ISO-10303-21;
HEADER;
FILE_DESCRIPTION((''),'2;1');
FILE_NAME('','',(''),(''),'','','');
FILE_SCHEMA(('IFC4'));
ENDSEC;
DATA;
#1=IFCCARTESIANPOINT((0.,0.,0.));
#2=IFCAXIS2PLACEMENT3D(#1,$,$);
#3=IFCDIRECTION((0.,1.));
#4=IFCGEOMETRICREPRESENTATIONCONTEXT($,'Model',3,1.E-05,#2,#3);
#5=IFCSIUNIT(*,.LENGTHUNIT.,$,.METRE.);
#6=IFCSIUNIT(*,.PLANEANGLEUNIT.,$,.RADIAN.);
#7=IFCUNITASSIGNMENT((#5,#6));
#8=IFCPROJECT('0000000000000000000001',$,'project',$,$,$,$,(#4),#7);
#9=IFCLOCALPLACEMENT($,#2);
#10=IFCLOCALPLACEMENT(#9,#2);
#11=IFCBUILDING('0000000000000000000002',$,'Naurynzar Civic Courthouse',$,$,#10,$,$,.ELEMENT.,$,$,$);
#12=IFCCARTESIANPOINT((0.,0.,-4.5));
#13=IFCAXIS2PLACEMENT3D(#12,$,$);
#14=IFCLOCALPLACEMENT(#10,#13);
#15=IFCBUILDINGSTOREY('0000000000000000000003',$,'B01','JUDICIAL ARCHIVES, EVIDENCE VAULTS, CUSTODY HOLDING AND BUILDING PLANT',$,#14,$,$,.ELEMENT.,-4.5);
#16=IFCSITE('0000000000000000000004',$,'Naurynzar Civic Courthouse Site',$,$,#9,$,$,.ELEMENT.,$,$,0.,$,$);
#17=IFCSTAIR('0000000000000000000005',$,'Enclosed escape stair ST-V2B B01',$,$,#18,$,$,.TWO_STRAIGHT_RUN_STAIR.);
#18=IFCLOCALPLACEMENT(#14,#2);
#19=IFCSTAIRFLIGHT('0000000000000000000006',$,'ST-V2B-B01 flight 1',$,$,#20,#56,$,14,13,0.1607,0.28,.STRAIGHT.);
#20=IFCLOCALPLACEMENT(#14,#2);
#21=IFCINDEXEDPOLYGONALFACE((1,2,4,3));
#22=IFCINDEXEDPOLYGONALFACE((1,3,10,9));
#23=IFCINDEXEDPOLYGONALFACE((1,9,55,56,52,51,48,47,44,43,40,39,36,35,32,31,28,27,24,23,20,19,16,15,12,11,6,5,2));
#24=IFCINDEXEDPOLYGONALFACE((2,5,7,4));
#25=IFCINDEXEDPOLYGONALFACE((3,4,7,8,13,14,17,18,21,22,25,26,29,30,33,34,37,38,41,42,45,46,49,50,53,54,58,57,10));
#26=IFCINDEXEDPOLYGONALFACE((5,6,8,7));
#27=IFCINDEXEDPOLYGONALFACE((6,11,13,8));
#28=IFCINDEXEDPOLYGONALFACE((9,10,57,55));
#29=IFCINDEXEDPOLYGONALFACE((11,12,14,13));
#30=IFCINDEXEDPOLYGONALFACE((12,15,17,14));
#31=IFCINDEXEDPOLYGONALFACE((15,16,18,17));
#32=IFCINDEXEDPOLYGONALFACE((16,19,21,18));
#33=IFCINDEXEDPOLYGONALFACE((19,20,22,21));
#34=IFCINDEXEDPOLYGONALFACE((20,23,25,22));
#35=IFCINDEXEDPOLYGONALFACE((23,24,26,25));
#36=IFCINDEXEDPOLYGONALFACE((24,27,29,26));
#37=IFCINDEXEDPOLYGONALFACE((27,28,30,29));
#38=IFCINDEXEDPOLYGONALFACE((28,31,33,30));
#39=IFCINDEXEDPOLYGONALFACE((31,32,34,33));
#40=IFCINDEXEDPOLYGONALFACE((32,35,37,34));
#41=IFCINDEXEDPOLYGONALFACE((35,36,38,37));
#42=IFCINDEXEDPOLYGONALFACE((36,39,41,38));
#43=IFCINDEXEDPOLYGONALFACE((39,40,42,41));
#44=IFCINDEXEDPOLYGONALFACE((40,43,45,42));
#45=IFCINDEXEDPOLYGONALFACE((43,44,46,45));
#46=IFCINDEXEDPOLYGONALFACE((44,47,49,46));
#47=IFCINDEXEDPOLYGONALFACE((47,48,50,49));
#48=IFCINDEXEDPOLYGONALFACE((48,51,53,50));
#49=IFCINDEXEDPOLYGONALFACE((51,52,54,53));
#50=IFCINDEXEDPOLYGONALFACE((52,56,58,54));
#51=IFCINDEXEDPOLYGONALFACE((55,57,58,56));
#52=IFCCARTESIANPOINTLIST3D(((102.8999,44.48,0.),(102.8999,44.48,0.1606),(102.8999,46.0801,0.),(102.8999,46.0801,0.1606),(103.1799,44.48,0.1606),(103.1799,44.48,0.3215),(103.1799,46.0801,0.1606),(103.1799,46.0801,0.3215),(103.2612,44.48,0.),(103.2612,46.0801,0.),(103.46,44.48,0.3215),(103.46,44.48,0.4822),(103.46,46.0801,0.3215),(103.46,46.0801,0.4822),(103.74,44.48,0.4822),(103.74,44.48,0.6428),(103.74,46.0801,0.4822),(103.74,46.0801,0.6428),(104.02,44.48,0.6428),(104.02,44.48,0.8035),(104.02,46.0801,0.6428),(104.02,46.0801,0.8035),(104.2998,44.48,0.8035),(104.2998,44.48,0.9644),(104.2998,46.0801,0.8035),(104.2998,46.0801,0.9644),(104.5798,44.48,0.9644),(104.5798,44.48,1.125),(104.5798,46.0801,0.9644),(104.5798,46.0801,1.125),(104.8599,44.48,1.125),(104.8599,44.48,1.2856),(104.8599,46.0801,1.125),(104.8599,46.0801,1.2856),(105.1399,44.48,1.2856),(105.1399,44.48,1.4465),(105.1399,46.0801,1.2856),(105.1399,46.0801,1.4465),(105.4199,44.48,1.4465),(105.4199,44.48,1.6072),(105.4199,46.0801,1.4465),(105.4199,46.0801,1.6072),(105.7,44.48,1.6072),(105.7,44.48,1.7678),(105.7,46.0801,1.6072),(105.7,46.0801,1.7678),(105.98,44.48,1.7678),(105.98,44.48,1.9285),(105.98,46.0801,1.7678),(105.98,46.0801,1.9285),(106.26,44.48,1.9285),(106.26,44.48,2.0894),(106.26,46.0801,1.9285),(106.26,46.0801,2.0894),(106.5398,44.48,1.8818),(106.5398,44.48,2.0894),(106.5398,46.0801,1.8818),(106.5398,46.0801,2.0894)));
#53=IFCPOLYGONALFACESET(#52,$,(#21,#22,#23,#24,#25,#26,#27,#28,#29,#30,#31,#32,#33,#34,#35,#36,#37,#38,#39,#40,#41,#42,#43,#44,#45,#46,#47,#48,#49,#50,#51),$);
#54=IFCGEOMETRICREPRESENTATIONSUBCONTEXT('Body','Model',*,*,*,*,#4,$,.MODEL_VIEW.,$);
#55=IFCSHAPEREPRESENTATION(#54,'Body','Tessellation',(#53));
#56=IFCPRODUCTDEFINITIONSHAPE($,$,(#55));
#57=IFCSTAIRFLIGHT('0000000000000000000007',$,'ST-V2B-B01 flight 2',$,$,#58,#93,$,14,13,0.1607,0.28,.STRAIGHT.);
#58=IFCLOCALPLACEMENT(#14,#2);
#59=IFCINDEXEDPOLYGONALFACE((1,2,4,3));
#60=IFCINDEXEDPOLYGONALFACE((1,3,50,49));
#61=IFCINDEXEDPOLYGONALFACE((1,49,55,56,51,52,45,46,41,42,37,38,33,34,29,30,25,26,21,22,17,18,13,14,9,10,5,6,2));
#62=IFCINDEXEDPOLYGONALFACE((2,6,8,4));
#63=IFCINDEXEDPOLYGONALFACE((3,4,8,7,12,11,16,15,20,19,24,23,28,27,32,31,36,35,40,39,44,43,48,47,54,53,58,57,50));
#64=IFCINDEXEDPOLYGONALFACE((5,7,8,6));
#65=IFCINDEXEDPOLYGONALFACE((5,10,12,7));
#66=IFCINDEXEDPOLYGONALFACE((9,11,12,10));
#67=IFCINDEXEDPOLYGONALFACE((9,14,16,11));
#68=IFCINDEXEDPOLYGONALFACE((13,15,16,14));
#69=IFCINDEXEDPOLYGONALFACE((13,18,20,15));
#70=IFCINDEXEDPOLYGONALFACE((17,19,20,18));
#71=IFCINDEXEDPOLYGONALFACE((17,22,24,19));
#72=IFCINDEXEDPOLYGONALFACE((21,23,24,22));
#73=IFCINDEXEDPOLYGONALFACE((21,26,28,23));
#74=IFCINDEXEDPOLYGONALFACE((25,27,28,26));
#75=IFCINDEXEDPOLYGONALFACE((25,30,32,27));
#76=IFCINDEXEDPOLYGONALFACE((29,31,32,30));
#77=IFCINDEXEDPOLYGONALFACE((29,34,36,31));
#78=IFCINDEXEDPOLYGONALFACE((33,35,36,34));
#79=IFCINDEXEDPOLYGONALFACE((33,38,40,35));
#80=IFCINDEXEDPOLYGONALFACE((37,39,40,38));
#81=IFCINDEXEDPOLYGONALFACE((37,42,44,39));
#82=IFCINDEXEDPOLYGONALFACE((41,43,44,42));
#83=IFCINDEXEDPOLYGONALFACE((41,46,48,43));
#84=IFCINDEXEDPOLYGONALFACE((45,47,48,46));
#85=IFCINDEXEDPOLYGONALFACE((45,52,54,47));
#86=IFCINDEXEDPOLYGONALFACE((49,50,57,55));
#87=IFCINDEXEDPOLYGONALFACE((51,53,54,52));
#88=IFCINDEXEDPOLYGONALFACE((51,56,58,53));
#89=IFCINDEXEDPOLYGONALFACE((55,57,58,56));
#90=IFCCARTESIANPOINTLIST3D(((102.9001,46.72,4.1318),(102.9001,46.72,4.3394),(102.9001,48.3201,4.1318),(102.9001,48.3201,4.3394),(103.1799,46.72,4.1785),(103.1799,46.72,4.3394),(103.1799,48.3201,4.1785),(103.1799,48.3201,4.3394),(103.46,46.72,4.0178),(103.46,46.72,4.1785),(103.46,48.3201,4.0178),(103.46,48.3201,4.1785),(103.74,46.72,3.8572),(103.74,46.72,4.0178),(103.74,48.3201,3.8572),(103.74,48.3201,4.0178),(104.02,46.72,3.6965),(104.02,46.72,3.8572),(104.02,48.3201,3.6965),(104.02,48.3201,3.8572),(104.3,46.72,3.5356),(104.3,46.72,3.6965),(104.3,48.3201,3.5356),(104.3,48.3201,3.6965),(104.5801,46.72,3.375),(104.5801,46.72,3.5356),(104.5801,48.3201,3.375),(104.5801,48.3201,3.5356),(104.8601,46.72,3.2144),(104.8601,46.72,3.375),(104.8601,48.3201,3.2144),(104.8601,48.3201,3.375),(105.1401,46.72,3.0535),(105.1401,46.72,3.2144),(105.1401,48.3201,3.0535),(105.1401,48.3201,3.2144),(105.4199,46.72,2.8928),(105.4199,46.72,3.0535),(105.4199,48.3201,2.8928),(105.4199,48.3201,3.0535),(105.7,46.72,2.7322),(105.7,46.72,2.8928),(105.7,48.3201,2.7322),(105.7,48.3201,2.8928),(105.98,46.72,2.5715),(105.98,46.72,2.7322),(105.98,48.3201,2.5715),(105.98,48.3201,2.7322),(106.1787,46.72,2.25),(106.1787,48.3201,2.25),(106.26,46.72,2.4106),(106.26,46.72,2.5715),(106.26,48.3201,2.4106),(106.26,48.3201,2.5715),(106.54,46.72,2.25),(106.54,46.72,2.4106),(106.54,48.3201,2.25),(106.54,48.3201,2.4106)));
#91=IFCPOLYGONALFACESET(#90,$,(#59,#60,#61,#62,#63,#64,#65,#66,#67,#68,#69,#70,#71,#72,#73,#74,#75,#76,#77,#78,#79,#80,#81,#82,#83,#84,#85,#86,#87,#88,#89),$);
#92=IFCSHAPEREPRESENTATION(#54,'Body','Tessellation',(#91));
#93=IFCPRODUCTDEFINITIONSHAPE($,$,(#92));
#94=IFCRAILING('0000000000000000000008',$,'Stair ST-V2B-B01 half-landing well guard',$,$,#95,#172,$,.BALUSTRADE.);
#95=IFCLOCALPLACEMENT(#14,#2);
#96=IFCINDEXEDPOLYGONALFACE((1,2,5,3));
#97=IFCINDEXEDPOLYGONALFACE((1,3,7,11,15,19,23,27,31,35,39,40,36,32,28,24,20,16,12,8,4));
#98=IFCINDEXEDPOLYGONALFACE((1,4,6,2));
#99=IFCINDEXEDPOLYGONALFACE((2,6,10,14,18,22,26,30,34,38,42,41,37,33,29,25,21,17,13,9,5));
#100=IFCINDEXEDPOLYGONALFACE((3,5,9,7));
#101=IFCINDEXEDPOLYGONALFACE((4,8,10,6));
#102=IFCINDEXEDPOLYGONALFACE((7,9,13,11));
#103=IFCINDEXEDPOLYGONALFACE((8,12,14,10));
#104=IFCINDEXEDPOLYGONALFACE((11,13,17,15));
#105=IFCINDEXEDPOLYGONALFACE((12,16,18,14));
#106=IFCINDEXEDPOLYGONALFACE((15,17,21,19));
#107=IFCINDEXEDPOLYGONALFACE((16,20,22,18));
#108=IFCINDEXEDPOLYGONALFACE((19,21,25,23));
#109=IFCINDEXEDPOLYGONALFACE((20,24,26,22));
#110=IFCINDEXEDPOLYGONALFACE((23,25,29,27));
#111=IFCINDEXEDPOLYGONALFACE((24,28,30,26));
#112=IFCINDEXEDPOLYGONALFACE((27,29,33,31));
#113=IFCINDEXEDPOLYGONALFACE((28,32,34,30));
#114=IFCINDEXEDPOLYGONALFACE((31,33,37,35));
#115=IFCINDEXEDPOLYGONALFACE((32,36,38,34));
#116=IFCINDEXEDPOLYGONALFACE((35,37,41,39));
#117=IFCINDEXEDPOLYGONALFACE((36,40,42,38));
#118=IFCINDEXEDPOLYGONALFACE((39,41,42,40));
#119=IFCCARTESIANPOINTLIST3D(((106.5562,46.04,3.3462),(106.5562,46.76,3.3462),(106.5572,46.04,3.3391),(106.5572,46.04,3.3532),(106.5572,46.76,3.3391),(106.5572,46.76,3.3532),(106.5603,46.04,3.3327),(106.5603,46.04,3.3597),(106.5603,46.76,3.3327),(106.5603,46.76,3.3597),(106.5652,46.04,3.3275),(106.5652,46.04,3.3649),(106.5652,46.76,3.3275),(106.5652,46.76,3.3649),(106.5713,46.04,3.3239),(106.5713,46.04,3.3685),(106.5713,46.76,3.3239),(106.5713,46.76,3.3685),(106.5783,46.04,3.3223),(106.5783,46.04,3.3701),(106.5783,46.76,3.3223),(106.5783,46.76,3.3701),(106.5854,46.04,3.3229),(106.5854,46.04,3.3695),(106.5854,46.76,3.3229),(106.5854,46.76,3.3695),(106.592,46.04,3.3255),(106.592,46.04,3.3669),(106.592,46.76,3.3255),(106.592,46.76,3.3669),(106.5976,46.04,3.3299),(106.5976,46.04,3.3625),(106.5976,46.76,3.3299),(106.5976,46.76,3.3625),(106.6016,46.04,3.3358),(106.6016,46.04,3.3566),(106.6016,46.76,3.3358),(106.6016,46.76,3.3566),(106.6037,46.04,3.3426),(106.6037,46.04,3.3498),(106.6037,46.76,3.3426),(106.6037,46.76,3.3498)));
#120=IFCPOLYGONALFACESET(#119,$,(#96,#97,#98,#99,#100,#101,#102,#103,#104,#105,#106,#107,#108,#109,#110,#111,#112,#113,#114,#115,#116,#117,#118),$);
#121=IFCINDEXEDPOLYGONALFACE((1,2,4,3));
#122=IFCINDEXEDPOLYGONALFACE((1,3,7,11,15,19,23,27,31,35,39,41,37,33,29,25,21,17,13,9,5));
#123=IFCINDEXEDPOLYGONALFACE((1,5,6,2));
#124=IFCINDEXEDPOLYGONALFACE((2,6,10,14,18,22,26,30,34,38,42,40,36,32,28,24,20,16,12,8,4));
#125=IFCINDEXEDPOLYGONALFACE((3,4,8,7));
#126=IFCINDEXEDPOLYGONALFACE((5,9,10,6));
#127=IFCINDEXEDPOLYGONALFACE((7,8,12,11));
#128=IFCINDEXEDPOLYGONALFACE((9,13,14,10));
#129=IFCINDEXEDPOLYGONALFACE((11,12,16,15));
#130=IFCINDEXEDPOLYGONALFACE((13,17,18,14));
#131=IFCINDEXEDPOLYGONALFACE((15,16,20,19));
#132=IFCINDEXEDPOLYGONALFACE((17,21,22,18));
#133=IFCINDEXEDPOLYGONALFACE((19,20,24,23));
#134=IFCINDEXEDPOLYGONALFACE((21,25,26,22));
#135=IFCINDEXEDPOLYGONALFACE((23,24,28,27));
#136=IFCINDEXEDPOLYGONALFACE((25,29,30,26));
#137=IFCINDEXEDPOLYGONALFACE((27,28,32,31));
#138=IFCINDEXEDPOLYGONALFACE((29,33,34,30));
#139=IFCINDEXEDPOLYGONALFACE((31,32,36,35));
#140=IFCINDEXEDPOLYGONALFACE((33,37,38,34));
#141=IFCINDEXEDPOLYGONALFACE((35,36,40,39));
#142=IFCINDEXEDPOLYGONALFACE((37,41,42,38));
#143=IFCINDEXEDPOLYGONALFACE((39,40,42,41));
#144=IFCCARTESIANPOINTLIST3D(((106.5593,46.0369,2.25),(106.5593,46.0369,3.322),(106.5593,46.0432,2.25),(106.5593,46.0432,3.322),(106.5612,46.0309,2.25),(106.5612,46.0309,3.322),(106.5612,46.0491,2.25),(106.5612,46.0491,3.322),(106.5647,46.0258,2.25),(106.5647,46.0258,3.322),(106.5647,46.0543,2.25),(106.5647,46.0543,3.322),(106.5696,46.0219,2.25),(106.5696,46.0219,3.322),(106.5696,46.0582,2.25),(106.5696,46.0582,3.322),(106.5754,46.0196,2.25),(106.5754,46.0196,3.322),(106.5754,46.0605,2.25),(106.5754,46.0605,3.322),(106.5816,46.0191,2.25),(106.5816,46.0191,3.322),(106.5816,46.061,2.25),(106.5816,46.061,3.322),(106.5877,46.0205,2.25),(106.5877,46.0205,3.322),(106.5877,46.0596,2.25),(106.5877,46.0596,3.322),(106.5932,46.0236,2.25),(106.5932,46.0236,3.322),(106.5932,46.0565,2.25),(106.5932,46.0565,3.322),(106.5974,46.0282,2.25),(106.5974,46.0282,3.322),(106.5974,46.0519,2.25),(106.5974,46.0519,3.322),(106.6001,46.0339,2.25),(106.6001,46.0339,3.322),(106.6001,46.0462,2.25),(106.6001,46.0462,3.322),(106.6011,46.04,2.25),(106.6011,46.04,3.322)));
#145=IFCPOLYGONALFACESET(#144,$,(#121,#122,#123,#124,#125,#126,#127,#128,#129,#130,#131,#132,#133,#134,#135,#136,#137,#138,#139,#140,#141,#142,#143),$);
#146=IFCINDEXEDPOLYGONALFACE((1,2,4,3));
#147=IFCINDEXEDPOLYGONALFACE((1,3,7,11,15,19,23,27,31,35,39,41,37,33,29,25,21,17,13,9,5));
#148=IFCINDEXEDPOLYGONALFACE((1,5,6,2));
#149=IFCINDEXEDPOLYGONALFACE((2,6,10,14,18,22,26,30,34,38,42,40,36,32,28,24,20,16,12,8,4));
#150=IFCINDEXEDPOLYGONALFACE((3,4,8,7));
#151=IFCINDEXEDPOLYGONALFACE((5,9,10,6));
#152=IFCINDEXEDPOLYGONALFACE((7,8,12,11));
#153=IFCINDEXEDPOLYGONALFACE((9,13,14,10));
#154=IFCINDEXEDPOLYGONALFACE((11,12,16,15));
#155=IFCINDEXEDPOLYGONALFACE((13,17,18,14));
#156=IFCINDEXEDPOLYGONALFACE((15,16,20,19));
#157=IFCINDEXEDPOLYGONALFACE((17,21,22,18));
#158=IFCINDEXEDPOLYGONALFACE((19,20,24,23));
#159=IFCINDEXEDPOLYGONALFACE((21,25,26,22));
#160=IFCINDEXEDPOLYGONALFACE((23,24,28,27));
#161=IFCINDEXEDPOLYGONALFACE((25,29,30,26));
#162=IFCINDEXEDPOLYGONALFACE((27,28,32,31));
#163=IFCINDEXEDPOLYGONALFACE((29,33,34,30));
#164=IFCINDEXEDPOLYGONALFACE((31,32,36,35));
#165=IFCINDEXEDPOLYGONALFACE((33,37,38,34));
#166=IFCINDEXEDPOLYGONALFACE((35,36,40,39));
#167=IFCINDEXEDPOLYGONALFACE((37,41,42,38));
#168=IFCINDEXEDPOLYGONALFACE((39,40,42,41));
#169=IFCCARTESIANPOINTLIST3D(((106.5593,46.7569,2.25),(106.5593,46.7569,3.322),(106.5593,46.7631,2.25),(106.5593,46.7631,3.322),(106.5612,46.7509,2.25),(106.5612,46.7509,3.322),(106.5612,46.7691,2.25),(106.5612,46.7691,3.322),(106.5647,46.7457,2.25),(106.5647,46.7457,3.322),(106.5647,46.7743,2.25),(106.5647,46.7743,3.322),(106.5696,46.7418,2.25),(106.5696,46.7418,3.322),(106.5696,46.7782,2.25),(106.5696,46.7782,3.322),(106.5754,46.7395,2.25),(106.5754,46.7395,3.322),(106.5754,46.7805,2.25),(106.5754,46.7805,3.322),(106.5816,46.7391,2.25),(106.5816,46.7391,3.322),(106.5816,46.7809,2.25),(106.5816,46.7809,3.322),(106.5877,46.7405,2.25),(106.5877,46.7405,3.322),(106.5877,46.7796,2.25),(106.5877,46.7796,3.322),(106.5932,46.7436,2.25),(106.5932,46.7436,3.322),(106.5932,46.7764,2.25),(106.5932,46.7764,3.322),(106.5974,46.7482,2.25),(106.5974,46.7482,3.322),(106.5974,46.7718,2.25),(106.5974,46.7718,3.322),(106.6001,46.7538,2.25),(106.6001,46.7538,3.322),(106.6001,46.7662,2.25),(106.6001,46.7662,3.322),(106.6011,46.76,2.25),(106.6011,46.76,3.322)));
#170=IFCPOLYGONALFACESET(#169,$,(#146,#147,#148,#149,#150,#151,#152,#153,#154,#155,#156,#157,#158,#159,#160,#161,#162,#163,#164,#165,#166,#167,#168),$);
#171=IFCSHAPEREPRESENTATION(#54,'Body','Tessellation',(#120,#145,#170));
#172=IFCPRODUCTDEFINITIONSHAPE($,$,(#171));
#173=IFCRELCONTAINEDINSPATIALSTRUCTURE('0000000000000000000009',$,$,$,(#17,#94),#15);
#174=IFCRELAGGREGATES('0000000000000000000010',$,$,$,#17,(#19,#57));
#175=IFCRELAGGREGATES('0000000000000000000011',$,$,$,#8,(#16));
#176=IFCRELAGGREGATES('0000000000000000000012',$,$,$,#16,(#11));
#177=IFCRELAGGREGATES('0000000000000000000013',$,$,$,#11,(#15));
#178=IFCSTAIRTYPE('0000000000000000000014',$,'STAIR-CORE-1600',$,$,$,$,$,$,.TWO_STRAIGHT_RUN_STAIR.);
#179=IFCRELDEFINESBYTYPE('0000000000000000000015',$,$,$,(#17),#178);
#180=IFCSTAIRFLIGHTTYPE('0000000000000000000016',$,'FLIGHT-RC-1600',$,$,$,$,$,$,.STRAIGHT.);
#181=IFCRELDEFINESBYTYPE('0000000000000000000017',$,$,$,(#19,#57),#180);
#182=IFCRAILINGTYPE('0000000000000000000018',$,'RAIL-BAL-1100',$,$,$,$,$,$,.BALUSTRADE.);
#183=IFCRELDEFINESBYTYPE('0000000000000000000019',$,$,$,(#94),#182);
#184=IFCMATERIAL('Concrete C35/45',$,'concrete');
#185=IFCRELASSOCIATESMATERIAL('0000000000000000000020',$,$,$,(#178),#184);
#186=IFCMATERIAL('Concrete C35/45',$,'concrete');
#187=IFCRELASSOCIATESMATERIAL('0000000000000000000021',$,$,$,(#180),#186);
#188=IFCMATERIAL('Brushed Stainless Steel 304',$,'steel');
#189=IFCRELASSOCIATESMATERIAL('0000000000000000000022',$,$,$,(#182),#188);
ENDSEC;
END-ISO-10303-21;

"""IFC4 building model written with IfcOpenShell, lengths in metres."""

from ifc_helpers import new_model, si_unit, direction, frame, origin, origin_2d, place, context, subcontext, project, spatial, polyline, circle, outline, extrude, material, type_object, element, aggregate, save


model = new_model("IFC4")

# Units and contexts
model_context = context("Model", 3, precision=1e-05, world=origin(), true_north=direction((0.0, 1.0)))
body_context = subcontext(model_context, "Body", "Model", "MODEL_VIEW")
ifc_project = project(units=[si_unit("LENGTHUNIT", "METRE"), si_unit("PLANEANGLEUNIT", "RADIAN")], contexts=[model_context])

# Site, building, storey
site_placement = place(None, origin())
site = spatial("IfcSite", under=ifc_project, at=site_placement, Name="Naurynzar Civic Courthouse Site", CompositionType="ELEMENT", RefElevation=0.0)
building_placement = place(site_placement, origin())
building = spatial("IfcBuilding", under=site, at=building_placement, Name="Naurynzar Civic Courthouse", CompositionType="ELEMENT")
storey_placement = place(building_placement, frame((0.0, 0.0, -4.5)))
storey = spatial("IfcBuildingStorey", under=building, at=storey_placement, Name="B01", Description="JUDICIAL ARCHIVES, EVIDENCE VAULTS, CUSTODY HOLDING AND BUILDING PLANT", CompositionType="ELEMENT", Elevation=-4.5)

# Stair, stair flights
ifc_material_1 = material(Name="Concrete C35/45", Category="concrete")
stair_type = type_object("IfcStairType", Name="STAIR-CORE-1600", PredefinedType="TWO_STRAIGHT_RUN_STAIR", material=ifc_material_1)
stair_placement = place(storey_placement, origin())
stair = element("IfcStair", 1, at=stair_placement, inside=storey, type_object=stair_type, Name="Enclosed escape stair ST-V2B B01", PredefinedType="TWO_STRAIGHT_RUN_STAIR")
ifc_material_2 = material(Name="Concrete C35/45", Category="concrete")
stair_flight_type = type_object("IfcStairFlightType", Name="FLIGHT-RC-1600", PredefinedType="STRAIGHT", material=ifc_material_2)
stair_flight_1_placement = place(storey_placement, frame((102.8999, 45.28, 0.0), z_axis=(0.0, 0.0, 1.0), x_axis=(1.0, 0.0, 0.0)))
stair_flight_1 = element("IfcStairFlight", 2, at=stair_flight_1_placement, type_object=stair_flight_type, Name="ST-V2B-B01 flight 1", NumberOfRisers=14, NumberOfTreads=13, PredefinedType="STRAIGHT", RiserHeight=0.1607, TreadLength=0.28, context=body_context, shape_type="SweptSolid", body=[
    extrude(outline(polyline([(0.0, 0.0), (0.0, 0.1606), (0.28, 0.1606), (0.28, 0.3215), (0.5601, 0.3215), (0.5601, 0.4822), (0.8401, 0.4822), (0.8401, 0.6428), (1.1201, 0.6428), (1.1201, 0.8035), (1.3999, 0.8035), (1.3999, 0.9644), (1.6799, 0.9644), (1.6799, 1.125), (1.96, 1.125), (1.96, 1.2856), (2.24, 1.2856), (2.24, 1.4465), (2.52, 1.4465), (2.52, 1.6072), (2.8, 1.6072), (2.8, 1.7678), (3.0801, 1.7678), (3.0801, 1.9285), (3.3601, 1.9285), (3.3601, 2.0894), (3.6399, 2.0894), (3.6399, 2.25), (3.6399, 1.8818), (0.3613, 0.0), (0.0, 0.0)])), frame((0.0, 0.8, 0.0), z_axis=(0.0, -1.0, 0.0), x_axis=(1.0, 0.0, 0.0)), (0.0, 0.0, 1.0), 1.6001),
])
stair_flight_2_placement = place(storey_placement, frame((106.54, 47.52, 2.25), z_axis=(0.0, 0.0, 1.0), x_axis=(-1.0, 0.0, 0.0)))
stair_flight_2 = element("IfcStairFlight", 3, at=stair_flight_2_placement, type_object=stair_flight_type, Name="ST-V2B-B01 flight 2", NumberOfRisers=14, NumberOfTreads=13, PredefinedType="STRAIGHT", RiserHeight=0.1607, TreadLength=0.28, context=body_context, shape_type="SweptSolid", body=[
    extrude(outline(polyline([(0.0, 0.0), (0.0, 0.1606), (0.28, 0.1606), (0.28, 0.3215), (0.5601, 0.3215), (0.5601, 0.4822), (0.8401, 0.4822), (0.8401, 0.6428), (1.1201, 0.6428), (1.1201, 0.8035), (1.3999, 0.8035), (1.3999, 0.9644), (1.6799, 0.9644), (1.6799, 1.125), (1.96, 1.125), (1.96, 1.2856), (2.24, 1.2856), (2.24, 1.4465), (2.52, 1.4465), (2.52, 1.6072), (2.8, 1.6072), (2.8, 1.7678), (3.0801, 1.7678), (3.0801, 1.9285), (3.3601, 1.9285), (3.3601, 2.0894), (3.6399, 2.0894), (3.6399, 2.25), (3.6399, 1.8818), (0.3613, 0.0), (0.0, 0.0)])), frame((0.0, 0.8, 0.0), z_axis=(0.0, -1.0, 0.0), x_axis=(1.0, 0.0, 0.0)), (0.0, 0.0, 1.0), 1.6001),
])
aggregate(stair, [stair_flight_1, stair_flight_2])

# Railing
ifc_material_3 = material(Name="Brushed Stainless Steel 304", Category="steel")
railing_type_1 = type_object("IfcRailingType", Name="RAIL-BAL-1100", PredefinedType="BALUSTRADE", material=ifc_material_3)
railing_1_placement = place(storey_placement, frame((106.5801, 46.04, 2.25)))
element("IfcRailing", 4, at=railing_1_placement, inside=storey, type_object=railing_type_1, Name="Stair ST-V2B-B01 half-landing well guard", PredefinedType="BALUSTRADE", context=body_context, shape_type="SweptSolid", body=[
    extrude(circle(Radius=0.0239, at=origin_2d()), frame((0.0, 0.0, 1.0962), z_axis=(0.0, 1.0, 0.0), x_axis=(-1.0, 0.0, 0.0)), (0.0, 0.0, 1.0), 0.72),
    extrude(circle(Radius=0.021, at=origin_2d()), origin(), (0.0, 0.0, 1.0), 1.072),
    extrude(circle(Radius=0.021, at=origin_2d()), frame((0.0, 0.72, 0.0)), (0.0, 0.0, 1.0), 1.072),
])

save(model, "model.ifc")
